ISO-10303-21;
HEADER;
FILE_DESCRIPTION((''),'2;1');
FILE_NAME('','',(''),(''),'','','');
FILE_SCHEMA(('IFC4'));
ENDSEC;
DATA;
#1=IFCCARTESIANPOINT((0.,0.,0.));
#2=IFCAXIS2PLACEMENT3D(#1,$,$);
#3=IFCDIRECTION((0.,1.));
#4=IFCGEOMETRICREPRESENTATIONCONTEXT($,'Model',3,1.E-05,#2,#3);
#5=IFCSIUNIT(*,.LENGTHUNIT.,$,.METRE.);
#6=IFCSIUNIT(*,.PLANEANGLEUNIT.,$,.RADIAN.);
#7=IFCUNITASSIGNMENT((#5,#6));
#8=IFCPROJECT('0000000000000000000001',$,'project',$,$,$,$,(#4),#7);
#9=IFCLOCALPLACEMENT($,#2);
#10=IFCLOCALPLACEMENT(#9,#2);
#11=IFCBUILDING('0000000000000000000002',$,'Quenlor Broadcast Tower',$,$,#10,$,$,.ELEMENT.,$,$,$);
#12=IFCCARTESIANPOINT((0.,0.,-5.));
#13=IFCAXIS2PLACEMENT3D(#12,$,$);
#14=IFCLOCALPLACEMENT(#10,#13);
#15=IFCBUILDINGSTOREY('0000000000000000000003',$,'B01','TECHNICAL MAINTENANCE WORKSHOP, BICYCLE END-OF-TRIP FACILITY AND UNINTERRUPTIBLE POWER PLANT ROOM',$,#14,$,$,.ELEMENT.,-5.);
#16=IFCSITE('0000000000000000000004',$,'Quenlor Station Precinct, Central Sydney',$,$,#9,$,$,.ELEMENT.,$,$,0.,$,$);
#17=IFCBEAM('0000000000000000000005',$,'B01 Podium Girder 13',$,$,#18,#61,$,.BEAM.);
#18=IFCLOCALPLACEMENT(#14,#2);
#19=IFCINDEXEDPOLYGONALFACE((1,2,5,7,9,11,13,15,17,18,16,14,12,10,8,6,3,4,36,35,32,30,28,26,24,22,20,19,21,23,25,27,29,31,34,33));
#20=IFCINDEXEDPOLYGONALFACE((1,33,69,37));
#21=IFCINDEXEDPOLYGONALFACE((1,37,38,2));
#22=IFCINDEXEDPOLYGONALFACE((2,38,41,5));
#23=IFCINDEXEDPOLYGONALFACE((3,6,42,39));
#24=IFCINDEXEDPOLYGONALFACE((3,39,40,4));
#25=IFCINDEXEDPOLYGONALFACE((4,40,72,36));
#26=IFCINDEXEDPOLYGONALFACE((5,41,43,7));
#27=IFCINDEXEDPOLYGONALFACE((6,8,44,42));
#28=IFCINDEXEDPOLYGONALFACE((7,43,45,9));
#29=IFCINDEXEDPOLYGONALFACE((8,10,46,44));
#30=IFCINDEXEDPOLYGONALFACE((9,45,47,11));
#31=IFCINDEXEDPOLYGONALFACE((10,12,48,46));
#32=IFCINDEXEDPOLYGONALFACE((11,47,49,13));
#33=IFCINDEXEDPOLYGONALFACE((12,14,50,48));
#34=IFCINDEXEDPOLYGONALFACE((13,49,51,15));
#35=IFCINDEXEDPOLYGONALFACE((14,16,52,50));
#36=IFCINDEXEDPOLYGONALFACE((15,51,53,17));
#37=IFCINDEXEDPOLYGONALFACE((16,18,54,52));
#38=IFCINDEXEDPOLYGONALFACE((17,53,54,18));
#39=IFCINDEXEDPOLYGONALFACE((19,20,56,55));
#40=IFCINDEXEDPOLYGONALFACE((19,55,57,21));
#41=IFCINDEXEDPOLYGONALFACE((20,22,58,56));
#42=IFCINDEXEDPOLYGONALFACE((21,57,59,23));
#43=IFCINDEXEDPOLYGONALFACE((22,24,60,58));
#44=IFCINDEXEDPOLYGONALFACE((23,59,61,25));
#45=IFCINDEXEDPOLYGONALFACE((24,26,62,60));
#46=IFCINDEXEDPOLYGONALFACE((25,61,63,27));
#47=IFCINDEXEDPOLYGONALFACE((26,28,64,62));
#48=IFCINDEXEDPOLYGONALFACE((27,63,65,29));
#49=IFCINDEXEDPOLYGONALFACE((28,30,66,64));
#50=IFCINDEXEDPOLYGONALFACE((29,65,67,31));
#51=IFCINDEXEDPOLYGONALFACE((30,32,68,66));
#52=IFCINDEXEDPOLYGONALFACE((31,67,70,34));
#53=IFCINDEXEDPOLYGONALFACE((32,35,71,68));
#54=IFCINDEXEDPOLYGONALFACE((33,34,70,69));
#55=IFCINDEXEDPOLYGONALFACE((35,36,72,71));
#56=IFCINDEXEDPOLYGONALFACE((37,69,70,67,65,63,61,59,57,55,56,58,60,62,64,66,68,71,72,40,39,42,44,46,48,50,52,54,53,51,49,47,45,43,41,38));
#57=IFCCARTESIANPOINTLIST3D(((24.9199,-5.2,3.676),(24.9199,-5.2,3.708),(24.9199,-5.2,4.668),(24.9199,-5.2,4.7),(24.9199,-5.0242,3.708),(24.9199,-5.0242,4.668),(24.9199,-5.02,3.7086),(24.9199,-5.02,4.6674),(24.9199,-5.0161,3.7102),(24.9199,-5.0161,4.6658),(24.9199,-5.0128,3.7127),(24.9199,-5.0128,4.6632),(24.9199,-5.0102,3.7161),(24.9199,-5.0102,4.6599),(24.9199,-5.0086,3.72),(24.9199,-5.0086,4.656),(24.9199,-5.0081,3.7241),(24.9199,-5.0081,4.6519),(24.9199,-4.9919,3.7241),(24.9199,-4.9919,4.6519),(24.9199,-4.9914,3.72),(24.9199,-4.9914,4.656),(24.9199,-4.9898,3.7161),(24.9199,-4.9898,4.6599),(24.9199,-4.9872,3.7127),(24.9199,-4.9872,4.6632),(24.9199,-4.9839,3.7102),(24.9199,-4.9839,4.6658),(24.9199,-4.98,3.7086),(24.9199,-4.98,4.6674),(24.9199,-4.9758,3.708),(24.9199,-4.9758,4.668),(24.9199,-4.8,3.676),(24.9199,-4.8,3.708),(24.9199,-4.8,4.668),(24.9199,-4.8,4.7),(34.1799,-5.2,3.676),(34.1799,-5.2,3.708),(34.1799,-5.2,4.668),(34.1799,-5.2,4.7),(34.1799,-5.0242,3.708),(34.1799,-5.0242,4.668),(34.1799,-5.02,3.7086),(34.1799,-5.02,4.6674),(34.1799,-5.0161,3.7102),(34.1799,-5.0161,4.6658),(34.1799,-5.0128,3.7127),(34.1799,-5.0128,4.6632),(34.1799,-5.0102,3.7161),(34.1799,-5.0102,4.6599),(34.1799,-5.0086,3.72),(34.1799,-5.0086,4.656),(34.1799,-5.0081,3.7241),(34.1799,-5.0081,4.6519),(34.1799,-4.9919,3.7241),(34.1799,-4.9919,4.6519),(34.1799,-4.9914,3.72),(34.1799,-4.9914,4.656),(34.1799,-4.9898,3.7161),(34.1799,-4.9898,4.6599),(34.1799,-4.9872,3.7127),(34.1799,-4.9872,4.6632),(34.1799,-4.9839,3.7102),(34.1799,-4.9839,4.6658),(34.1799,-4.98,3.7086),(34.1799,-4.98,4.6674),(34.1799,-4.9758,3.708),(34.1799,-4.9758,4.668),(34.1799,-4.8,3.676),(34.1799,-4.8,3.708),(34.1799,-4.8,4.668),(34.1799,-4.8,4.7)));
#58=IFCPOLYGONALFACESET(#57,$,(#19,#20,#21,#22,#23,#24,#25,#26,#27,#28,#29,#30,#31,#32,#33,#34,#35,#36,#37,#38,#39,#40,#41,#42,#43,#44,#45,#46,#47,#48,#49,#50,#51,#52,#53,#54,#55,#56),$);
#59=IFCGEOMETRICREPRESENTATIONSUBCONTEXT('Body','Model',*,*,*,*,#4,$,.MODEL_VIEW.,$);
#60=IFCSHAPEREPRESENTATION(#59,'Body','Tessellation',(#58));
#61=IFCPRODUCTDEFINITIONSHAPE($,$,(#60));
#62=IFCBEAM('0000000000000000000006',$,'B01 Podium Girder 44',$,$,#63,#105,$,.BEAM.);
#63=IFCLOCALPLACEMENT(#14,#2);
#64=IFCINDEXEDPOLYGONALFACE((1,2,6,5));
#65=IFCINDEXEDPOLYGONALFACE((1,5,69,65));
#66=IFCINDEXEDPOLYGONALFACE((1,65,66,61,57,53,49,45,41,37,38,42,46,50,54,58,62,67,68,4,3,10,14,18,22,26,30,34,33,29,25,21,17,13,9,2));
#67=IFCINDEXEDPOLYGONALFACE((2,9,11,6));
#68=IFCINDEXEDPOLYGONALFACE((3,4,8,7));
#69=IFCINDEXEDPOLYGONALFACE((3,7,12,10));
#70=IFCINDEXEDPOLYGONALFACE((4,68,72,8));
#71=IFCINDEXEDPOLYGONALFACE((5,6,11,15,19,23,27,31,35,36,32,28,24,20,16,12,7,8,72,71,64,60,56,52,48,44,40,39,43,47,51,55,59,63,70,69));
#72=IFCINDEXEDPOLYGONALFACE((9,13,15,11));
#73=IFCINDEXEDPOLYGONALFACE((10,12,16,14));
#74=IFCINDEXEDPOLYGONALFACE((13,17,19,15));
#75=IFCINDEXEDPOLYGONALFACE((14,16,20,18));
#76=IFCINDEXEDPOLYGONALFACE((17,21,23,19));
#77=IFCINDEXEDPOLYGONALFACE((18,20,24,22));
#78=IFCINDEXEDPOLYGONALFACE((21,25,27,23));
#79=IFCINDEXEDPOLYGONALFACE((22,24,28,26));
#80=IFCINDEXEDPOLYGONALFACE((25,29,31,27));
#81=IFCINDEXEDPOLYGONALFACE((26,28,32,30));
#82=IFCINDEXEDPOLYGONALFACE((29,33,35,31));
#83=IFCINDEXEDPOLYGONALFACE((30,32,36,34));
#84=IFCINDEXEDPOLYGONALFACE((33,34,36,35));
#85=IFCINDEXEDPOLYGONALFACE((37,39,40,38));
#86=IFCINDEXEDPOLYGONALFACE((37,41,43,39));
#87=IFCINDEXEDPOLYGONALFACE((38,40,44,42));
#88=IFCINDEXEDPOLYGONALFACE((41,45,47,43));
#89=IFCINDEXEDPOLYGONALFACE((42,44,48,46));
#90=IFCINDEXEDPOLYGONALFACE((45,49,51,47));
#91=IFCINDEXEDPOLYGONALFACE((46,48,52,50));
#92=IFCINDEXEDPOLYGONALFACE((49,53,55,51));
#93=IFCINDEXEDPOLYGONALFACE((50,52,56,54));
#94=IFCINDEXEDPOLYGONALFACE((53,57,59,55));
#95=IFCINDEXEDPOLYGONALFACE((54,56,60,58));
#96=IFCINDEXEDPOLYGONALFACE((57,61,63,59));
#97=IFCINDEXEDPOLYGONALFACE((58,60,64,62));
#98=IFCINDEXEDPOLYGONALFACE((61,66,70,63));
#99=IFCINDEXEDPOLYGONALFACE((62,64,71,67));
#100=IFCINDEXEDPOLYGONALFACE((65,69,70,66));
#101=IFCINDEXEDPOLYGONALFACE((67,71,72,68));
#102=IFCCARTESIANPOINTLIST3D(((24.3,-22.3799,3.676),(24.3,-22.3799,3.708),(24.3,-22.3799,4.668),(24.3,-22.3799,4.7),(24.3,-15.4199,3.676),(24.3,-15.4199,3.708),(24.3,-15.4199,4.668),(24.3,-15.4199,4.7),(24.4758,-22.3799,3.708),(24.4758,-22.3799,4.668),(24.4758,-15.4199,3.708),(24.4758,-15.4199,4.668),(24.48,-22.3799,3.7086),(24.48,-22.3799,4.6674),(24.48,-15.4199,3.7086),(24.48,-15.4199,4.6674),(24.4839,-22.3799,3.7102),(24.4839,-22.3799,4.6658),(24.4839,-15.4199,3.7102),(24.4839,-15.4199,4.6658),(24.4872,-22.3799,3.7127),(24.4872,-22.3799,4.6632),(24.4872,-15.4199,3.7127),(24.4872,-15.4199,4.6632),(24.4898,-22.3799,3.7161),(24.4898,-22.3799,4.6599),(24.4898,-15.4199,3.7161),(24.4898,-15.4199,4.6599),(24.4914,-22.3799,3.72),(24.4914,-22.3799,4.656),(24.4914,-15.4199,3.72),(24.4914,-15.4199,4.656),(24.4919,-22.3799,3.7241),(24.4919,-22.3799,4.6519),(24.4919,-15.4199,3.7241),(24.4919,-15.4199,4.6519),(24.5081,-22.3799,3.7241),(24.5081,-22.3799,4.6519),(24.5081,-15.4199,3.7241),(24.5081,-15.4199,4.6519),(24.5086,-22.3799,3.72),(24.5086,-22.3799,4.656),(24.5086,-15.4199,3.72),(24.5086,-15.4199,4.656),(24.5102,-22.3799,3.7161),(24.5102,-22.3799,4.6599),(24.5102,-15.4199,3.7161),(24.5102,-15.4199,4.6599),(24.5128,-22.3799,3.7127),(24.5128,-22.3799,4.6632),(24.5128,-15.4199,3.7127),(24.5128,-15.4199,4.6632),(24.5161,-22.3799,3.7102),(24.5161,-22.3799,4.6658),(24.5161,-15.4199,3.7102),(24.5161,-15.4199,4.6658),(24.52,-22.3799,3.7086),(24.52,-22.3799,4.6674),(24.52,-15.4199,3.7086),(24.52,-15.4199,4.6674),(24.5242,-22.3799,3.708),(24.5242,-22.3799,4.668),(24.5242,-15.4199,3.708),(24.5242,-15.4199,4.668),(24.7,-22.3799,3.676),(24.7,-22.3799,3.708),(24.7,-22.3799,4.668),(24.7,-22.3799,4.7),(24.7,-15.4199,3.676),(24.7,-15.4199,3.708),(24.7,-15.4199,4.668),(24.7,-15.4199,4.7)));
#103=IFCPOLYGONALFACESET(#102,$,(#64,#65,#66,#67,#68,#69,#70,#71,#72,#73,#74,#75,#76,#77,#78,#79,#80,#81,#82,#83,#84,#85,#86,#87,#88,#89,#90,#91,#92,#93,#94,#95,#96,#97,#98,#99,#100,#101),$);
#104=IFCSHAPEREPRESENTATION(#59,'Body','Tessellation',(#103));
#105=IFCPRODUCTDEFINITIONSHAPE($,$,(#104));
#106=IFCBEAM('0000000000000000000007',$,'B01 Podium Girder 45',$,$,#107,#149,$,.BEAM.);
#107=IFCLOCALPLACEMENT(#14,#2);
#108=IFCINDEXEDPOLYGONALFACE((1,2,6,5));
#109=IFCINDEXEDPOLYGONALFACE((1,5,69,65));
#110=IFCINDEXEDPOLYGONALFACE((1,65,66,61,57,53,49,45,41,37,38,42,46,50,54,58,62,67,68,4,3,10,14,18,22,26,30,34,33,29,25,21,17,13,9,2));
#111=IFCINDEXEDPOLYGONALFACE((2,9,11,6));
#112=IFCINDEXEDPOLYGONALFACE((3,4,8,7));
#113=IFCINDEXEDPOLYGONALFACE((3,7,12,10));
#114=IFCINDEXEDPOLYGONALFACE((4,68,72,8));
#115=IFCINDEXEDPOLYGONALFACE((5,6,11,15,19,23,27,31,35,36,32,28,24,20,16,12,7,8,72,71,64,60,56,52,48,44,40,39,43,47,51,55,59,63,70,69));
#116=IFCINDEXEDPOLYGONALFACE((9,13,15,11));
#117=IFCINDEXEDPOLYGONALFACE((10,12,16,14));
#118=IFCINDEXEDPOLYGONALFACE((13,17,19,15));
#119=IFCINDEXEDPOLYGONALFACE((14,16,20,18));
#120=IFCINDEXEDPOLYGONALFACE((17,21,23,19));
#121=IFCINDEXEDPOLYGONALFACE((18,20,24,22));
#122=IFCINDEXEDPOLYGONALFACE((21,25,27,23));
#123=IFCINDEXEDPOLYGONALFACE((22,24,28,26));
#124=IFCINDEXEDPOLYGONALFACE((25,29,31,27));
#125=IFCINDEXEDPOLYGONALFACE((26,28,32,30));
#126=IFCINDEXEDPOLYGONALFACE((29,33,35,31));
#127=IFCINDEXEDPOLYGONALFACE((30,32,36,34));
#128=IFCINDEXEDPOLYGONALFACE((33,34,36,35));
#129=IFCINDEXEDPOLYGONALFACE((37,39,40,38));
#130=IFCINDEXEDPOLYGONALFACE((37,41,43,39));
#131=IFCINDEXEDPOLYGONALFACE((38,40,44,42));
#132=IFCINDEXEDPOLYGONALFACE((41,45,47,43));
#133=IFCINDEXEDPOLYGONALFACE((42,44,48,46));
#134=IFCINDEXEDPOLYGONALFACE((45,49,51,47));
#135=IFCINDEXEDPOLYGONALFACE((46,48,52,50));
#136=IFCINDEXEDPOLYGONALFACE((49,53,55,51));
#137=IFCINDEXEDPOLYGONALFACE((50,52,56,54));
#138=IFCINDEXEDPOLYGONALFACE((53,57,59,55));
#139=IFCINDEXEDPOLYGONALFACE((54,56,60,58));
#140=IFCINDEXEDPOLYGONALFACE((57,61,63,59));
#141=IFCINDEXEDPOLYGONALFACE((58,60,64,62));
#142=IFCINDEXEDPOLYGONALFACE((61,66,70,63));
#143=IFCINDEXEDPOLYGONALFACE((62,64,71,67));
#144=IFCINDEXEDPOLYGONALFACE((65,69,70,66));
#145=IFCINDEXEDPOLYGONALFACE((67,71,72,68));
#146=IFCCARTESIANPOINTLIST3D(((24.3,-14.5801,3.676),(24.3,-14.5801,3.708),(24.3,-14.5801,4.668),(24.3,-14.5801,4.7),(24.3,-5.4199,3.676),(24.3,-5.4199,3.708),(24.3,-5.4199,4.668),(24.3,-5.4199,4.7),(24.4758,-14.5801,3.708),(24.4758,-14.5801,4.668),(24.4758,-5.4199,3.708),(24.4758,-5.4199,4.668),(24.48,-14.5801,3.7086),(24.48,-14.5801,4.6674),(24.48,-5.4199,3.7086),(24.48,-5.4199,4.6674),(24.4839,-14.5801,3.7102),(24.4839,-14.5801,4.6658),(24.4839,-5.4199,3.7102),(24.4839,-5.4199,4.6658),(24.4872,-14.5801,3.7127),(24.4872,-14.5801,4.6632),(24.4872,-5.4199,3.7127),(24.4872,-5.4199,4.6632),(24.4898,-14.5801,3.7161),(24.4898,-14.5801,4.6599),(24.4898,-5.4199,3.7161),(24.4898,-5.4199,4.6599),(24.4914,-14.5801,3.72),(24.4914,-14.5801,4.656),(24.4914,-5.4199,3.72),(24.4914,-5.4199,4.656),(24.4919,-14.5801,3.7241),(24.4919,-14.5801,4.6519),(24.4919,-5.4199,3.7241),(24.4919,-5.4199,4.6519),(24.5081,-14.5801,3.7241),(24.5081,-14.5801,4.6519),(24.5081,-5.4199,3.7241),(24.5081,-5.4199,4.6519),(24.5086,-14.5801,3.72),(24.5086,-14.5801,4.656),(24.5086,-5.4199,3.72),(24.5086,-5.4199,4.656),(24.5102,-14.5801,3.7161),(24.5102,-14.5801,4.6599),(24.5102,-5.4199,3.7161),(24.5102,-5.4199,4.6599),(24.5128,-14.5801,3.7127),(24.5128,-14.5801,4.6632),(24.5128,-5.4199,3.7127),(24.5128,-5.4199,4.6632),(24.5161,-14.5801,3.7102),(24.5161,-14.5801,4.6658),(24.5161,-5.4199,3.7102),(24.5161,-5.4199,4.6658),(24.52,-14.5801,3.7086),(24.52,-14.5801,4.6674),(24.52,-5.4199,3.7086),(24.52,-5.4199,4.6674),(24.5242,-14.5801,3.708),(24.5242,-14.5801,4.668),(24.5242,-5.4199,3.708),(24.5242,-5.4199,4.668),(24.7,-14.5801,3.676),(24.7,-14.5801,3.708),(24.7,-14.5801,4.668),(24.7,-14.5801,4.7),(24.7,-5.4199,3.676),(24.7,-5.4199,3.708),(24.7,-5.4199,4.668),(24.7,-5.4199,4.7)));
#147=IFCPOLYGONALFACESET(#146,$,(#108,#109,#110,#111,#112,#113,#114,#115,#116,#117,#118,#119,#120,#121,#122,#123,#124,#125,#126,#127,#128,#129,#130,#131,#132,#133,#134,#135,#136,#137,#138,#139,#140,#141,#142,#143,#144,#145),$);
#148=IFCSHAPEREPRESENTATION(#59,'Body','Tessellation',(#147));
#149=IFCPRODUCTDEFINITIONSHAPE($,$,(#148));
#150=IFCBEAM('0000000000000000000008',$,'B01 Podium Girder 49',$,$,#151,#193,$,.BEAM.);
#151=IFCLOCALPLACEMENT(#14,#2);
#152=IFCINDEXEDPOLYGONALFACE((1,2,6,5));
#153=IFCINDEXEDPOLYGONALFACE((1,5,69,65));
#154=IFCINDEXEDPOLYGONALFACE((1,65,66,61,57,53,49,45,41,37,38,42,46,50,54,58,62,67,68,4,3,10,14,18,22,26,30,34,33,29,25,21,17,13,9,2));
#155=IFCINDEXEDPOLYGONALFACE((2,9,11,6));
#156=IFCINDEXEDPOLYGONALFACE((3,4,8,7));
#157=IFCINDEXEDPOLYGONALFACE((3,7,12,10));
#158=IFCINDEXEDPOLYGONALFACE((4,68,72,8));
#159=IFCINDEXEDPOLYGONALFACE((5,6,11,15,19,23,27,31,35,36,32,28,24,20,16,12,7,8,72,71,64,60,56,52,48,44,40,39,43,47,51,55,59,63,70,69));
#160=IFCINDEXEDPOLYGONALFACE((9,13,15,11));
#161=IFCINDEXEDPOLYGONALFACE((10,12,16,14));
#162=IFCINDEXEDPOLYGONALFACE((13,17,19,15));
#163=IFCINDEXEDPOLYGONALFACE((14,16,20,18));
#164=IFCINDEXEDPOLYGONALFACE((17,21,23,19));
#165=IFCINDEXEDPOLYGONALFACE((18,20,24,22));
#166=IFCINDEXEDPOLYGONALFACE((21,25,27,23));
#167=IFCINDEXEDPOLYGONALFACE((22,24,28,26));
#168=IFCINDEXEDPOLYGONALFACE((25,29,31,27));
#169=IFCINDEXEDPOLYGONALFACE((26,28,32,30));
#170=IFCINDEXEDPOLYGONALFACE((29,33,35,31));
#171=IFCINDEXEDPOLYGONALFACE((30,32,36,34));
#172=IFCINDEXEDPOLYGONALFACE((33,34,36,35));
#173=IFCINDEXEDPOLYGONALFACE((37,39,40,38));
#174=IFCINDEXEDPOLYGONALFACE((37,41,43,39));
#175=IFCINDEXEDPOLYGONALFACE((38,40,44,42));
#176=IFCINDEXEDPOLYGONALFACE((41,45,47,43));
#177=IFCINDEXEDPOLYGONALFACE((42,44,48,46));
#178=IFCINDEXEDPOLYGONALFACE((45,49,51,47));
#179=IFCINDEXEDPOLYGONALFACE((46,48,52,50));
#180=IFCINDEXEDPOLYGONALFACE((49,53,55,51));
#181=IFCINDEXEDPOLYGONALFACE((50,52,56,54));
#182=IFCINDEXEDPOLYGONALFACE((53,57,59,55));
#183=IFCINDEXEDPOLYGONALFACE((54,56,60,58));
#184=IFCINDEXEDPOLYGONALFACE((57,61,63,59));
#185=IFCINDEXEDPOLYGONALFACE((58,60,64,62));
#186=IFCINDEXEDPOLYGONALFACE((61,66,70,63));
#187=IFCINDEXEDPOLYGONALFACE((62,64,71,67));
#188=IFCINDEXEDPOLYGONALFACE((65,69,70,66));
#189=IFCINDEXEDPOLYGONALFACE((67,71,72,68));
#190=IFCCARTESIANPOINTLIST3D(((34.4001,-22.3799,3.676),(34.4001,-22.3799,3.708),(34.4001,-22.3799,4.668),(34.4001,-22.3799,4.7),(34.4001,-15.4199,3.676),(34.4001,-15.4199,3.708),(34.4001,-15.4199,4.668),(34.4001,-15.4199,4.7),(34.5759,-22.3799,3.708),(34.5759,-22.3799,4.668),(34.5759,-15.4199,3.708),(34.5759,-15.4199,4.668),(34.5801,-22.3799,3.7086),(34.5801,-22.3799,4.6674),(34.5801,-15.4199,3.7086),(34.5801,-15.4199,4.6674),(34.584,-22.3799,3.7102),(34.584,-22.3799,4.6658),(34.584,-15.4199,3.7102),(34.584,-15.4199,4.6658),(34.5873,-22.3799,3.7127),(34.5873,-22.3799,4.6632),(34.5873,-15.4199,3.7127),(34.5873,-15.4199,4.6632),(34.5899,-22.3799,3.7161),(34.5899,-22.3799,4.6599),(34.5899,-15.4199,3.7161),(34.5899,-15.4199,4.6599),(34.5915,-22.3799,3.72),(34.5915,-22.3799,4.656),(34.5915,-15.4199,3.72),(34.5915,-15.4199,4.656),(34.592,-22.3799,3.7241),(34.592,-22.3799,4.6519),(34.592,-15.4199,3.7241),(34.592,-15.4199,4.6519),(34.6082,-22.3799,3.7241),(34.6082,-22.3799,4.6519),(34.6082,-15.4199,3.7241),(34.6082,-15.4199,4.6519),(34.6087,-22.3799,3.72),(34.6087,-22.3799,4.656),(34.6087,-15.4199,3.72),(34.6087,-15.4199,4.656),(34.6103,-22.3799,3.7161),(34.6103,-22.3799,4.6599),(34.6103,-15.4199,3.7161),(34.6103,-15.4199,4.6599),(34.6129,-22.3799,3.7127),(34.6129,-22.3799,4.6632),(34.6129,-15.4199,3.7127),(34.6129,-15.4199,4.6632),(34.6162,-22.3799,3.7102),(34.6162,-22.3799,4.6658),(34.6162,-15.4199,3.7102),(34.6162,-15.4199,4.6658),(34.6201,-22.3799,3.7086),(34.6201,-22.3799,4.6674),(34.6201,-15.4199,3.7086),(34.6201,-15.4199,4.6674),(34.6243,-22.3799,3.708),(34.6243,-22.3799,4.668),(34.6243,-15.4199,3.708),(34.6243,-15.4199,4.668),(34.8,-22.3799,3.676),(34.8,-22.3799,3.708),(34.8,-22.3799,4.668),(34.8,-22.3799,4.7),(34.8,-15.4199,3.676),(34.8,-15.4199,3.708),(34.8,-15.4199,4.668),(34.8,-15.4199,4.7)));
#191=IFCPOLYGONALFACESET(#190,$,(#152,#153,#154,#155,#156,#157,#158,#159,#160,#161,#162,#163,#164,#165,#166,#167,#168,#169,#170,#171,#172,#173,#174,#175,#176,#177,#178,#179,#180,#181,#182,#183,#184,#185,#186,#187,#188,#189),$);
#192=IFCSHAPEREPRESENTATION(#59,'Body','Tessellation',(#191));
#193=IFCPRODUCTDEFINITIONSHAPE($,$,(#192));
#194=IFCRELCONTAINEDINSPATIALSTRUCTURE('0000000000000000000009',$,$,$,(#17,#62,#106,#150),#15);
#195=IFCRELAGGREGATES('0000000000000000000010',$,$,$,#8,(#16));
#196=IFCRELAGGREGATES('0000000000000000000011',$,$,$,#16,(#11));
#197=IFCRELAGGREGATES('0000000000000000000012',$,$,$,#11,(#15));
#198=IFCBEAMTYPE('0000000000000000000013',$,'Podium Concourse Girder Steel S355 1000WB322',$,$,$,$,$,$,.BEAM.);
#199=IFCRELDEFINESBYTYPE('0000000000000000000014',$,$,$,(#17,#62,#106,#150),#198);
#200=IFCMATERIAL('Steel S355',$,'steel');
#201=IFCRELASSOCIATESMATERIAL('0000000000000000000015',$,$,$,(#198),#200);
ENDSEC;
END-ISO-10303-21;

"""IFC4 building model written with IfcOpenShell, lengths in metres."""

from ifc_helpers import new_model, si_unit, direction, frame, origin, origin_2d, place, context, subcontext, project, spatial, i_section, extrude, material, material_profile, profile_set, type_object, element, save


model = new_model("IFC4")

# Units and contexts
model_context = context("Model", 3, precision=1e-05, world=origin(), true_north=direction((0.0, 1.0)))
body_context = subcontext(model_context, "Body", "Model", "MODEL_VIEW")
ifc_project = project(units=[si_unit("LENGTHUNIT", "METRE"), si_unit("PLANEANGLEUNIT", "RADIAN")], contexts=[model_context])

# Site, building, storey
site_placement = place(None, origin())
site = spatial("IfcSite", under=ifc_project, at=site_placement, Name="Quenlor Station Precinct, Central Sydney", CompositionType="ELEMENT", RefElevation=0.0)
building_placement = place(site_placement, origin())
building = spatial("IfcBuilding", under=site, at=building_placement, Name="Quenlor Broadcast Tower", CompositionType="ELEMENT")
storey_placement = place(building_placement, frame((0.0, 0.0, -5.0)))
storey = spatial("IfcBuildingStorey", under=building, at=storey_placement, Name="B01", Description="TECHNICAL MAINTENANCE WORKSHOP, BICYCLE END-OF-TRIP FACILITY AND UNINTERRUPTIBLE POWER PLANT ROOM", CompositionType="ELEMENT", Elevation=-5.0)

# Beams
ifc_material_1 = material(Name="Steel S355", Category="steel")
ifc_material_profile_1 = material_profile(ifc_material_1, i_section(OverallWidth=0.3999, OverallDepth=1.0239, WebThickness=0.0161, FlangeThickness=0.032, FilletRadius=0.0161, at=origin_2d()))
ifc_profile_set_1 = profile_set([ifc_material_profile_1], Name="Steel S355 1000WB322")
beam_type_1 = type_object("IfcBeamType", Name="Podium Concourse Girder Steel S355 1000WB322", PredefinedType="BEAM", material=ifc_profile_set_1)
for number, where, z_axis, x_axis, name in (
    (1, (24.9199, -5.0, 4.188), (1.0, 0.0, 0.0), (0.0, 1.0, 0.0), "B01 Podium Girder 13"),
):
    element("IfcBeam", number, at=place(storey_placement, frame(where, z_axis=z_axis, x_axis=x_axis)), inside=storey, type_object=beam_type_1, Name=name, PredefinedType="BEAM", context=body_context, shape_type="SweptSolid", body=[
        extrude(i_section(OverallWidth=0.3999, OverallDepth=1.0239, WebThickness=0.0161, FlangeThickness=0.032, FilletRadius=0.0161, at=origin_2d()), origin(), (0.0, 0.0, 1.0), 9.26),
    ])
beam_1_placement = place(storey_placement, frame((24.5, -22.3799, 4.188), z_axis=(0.0, 1.0, 0.0), x_axis=(-1.0, 0.0, 0.0)))
element("IfcBeam", 2, at=beam_1_placement, inside=storey, type_object=beam_type_1, Name="B01 Podium Girder 44", PredefinedType="BEAM", context=body_context, shape_type="SweptSolid", body=[
    extrude(i_section(OverallWidth=0.3999, OverallDepth=1.0239, WebThickness=0.0161, FlangeThickness=0.032, FilletRadius=0.0161, at=origin_2d()), origin(), (0.0, 0.0, 1.0), 6.96),
])
beam_2_placement = place(storey_placement, frame((24.5, -14.5801, 4.188), z_axis=(0.0, 1.0, 0.0), x_axis=(-1.0, 0.0, 0.0)))
element("IfcBeam", 3, at=beam_2_placement, inside=storey, type_object=beam_type_1, Name="B01 Podium Girder 45", PredefinedType="BEAM", context=body_context, shape_type="SweptSolid", body=[
    extrude(i_section(OverallWidth=0.3999, OverallDepth=1.0239, WebThickness=0.0161, FlangeThickness=0.032, FilletRadius=0.0161, at=origin_2d()), origin(), (0.0, 0.0, 1.0), 9.1602),
])
beam_3_placement = place(storey_placement, frame((34.6001, -22.3799, 4.188), z_axis=(0.0, 1.0, 0.0), x_axis=(-1.0, 0.0, 0.0)))
element("IfcBeam", 4, at=beam_3_placement, inside=storey, type_object=beam_type_1, Name="B01 Podium Girder 49", PredefinedType="BEAM", context=body_context, shape_type="SweptSolid", body=[
    extrude(i_section(OverallWidth=0.3999, OverallDepth=1.0239, WebThickness=0.0161, FlangeThickness=0.032, FilletRadius=0.0161, at=origin_2d()), origin(), (0.0, 0.0, 1.0), 6.96),
])

save(model, "model.ifc")
